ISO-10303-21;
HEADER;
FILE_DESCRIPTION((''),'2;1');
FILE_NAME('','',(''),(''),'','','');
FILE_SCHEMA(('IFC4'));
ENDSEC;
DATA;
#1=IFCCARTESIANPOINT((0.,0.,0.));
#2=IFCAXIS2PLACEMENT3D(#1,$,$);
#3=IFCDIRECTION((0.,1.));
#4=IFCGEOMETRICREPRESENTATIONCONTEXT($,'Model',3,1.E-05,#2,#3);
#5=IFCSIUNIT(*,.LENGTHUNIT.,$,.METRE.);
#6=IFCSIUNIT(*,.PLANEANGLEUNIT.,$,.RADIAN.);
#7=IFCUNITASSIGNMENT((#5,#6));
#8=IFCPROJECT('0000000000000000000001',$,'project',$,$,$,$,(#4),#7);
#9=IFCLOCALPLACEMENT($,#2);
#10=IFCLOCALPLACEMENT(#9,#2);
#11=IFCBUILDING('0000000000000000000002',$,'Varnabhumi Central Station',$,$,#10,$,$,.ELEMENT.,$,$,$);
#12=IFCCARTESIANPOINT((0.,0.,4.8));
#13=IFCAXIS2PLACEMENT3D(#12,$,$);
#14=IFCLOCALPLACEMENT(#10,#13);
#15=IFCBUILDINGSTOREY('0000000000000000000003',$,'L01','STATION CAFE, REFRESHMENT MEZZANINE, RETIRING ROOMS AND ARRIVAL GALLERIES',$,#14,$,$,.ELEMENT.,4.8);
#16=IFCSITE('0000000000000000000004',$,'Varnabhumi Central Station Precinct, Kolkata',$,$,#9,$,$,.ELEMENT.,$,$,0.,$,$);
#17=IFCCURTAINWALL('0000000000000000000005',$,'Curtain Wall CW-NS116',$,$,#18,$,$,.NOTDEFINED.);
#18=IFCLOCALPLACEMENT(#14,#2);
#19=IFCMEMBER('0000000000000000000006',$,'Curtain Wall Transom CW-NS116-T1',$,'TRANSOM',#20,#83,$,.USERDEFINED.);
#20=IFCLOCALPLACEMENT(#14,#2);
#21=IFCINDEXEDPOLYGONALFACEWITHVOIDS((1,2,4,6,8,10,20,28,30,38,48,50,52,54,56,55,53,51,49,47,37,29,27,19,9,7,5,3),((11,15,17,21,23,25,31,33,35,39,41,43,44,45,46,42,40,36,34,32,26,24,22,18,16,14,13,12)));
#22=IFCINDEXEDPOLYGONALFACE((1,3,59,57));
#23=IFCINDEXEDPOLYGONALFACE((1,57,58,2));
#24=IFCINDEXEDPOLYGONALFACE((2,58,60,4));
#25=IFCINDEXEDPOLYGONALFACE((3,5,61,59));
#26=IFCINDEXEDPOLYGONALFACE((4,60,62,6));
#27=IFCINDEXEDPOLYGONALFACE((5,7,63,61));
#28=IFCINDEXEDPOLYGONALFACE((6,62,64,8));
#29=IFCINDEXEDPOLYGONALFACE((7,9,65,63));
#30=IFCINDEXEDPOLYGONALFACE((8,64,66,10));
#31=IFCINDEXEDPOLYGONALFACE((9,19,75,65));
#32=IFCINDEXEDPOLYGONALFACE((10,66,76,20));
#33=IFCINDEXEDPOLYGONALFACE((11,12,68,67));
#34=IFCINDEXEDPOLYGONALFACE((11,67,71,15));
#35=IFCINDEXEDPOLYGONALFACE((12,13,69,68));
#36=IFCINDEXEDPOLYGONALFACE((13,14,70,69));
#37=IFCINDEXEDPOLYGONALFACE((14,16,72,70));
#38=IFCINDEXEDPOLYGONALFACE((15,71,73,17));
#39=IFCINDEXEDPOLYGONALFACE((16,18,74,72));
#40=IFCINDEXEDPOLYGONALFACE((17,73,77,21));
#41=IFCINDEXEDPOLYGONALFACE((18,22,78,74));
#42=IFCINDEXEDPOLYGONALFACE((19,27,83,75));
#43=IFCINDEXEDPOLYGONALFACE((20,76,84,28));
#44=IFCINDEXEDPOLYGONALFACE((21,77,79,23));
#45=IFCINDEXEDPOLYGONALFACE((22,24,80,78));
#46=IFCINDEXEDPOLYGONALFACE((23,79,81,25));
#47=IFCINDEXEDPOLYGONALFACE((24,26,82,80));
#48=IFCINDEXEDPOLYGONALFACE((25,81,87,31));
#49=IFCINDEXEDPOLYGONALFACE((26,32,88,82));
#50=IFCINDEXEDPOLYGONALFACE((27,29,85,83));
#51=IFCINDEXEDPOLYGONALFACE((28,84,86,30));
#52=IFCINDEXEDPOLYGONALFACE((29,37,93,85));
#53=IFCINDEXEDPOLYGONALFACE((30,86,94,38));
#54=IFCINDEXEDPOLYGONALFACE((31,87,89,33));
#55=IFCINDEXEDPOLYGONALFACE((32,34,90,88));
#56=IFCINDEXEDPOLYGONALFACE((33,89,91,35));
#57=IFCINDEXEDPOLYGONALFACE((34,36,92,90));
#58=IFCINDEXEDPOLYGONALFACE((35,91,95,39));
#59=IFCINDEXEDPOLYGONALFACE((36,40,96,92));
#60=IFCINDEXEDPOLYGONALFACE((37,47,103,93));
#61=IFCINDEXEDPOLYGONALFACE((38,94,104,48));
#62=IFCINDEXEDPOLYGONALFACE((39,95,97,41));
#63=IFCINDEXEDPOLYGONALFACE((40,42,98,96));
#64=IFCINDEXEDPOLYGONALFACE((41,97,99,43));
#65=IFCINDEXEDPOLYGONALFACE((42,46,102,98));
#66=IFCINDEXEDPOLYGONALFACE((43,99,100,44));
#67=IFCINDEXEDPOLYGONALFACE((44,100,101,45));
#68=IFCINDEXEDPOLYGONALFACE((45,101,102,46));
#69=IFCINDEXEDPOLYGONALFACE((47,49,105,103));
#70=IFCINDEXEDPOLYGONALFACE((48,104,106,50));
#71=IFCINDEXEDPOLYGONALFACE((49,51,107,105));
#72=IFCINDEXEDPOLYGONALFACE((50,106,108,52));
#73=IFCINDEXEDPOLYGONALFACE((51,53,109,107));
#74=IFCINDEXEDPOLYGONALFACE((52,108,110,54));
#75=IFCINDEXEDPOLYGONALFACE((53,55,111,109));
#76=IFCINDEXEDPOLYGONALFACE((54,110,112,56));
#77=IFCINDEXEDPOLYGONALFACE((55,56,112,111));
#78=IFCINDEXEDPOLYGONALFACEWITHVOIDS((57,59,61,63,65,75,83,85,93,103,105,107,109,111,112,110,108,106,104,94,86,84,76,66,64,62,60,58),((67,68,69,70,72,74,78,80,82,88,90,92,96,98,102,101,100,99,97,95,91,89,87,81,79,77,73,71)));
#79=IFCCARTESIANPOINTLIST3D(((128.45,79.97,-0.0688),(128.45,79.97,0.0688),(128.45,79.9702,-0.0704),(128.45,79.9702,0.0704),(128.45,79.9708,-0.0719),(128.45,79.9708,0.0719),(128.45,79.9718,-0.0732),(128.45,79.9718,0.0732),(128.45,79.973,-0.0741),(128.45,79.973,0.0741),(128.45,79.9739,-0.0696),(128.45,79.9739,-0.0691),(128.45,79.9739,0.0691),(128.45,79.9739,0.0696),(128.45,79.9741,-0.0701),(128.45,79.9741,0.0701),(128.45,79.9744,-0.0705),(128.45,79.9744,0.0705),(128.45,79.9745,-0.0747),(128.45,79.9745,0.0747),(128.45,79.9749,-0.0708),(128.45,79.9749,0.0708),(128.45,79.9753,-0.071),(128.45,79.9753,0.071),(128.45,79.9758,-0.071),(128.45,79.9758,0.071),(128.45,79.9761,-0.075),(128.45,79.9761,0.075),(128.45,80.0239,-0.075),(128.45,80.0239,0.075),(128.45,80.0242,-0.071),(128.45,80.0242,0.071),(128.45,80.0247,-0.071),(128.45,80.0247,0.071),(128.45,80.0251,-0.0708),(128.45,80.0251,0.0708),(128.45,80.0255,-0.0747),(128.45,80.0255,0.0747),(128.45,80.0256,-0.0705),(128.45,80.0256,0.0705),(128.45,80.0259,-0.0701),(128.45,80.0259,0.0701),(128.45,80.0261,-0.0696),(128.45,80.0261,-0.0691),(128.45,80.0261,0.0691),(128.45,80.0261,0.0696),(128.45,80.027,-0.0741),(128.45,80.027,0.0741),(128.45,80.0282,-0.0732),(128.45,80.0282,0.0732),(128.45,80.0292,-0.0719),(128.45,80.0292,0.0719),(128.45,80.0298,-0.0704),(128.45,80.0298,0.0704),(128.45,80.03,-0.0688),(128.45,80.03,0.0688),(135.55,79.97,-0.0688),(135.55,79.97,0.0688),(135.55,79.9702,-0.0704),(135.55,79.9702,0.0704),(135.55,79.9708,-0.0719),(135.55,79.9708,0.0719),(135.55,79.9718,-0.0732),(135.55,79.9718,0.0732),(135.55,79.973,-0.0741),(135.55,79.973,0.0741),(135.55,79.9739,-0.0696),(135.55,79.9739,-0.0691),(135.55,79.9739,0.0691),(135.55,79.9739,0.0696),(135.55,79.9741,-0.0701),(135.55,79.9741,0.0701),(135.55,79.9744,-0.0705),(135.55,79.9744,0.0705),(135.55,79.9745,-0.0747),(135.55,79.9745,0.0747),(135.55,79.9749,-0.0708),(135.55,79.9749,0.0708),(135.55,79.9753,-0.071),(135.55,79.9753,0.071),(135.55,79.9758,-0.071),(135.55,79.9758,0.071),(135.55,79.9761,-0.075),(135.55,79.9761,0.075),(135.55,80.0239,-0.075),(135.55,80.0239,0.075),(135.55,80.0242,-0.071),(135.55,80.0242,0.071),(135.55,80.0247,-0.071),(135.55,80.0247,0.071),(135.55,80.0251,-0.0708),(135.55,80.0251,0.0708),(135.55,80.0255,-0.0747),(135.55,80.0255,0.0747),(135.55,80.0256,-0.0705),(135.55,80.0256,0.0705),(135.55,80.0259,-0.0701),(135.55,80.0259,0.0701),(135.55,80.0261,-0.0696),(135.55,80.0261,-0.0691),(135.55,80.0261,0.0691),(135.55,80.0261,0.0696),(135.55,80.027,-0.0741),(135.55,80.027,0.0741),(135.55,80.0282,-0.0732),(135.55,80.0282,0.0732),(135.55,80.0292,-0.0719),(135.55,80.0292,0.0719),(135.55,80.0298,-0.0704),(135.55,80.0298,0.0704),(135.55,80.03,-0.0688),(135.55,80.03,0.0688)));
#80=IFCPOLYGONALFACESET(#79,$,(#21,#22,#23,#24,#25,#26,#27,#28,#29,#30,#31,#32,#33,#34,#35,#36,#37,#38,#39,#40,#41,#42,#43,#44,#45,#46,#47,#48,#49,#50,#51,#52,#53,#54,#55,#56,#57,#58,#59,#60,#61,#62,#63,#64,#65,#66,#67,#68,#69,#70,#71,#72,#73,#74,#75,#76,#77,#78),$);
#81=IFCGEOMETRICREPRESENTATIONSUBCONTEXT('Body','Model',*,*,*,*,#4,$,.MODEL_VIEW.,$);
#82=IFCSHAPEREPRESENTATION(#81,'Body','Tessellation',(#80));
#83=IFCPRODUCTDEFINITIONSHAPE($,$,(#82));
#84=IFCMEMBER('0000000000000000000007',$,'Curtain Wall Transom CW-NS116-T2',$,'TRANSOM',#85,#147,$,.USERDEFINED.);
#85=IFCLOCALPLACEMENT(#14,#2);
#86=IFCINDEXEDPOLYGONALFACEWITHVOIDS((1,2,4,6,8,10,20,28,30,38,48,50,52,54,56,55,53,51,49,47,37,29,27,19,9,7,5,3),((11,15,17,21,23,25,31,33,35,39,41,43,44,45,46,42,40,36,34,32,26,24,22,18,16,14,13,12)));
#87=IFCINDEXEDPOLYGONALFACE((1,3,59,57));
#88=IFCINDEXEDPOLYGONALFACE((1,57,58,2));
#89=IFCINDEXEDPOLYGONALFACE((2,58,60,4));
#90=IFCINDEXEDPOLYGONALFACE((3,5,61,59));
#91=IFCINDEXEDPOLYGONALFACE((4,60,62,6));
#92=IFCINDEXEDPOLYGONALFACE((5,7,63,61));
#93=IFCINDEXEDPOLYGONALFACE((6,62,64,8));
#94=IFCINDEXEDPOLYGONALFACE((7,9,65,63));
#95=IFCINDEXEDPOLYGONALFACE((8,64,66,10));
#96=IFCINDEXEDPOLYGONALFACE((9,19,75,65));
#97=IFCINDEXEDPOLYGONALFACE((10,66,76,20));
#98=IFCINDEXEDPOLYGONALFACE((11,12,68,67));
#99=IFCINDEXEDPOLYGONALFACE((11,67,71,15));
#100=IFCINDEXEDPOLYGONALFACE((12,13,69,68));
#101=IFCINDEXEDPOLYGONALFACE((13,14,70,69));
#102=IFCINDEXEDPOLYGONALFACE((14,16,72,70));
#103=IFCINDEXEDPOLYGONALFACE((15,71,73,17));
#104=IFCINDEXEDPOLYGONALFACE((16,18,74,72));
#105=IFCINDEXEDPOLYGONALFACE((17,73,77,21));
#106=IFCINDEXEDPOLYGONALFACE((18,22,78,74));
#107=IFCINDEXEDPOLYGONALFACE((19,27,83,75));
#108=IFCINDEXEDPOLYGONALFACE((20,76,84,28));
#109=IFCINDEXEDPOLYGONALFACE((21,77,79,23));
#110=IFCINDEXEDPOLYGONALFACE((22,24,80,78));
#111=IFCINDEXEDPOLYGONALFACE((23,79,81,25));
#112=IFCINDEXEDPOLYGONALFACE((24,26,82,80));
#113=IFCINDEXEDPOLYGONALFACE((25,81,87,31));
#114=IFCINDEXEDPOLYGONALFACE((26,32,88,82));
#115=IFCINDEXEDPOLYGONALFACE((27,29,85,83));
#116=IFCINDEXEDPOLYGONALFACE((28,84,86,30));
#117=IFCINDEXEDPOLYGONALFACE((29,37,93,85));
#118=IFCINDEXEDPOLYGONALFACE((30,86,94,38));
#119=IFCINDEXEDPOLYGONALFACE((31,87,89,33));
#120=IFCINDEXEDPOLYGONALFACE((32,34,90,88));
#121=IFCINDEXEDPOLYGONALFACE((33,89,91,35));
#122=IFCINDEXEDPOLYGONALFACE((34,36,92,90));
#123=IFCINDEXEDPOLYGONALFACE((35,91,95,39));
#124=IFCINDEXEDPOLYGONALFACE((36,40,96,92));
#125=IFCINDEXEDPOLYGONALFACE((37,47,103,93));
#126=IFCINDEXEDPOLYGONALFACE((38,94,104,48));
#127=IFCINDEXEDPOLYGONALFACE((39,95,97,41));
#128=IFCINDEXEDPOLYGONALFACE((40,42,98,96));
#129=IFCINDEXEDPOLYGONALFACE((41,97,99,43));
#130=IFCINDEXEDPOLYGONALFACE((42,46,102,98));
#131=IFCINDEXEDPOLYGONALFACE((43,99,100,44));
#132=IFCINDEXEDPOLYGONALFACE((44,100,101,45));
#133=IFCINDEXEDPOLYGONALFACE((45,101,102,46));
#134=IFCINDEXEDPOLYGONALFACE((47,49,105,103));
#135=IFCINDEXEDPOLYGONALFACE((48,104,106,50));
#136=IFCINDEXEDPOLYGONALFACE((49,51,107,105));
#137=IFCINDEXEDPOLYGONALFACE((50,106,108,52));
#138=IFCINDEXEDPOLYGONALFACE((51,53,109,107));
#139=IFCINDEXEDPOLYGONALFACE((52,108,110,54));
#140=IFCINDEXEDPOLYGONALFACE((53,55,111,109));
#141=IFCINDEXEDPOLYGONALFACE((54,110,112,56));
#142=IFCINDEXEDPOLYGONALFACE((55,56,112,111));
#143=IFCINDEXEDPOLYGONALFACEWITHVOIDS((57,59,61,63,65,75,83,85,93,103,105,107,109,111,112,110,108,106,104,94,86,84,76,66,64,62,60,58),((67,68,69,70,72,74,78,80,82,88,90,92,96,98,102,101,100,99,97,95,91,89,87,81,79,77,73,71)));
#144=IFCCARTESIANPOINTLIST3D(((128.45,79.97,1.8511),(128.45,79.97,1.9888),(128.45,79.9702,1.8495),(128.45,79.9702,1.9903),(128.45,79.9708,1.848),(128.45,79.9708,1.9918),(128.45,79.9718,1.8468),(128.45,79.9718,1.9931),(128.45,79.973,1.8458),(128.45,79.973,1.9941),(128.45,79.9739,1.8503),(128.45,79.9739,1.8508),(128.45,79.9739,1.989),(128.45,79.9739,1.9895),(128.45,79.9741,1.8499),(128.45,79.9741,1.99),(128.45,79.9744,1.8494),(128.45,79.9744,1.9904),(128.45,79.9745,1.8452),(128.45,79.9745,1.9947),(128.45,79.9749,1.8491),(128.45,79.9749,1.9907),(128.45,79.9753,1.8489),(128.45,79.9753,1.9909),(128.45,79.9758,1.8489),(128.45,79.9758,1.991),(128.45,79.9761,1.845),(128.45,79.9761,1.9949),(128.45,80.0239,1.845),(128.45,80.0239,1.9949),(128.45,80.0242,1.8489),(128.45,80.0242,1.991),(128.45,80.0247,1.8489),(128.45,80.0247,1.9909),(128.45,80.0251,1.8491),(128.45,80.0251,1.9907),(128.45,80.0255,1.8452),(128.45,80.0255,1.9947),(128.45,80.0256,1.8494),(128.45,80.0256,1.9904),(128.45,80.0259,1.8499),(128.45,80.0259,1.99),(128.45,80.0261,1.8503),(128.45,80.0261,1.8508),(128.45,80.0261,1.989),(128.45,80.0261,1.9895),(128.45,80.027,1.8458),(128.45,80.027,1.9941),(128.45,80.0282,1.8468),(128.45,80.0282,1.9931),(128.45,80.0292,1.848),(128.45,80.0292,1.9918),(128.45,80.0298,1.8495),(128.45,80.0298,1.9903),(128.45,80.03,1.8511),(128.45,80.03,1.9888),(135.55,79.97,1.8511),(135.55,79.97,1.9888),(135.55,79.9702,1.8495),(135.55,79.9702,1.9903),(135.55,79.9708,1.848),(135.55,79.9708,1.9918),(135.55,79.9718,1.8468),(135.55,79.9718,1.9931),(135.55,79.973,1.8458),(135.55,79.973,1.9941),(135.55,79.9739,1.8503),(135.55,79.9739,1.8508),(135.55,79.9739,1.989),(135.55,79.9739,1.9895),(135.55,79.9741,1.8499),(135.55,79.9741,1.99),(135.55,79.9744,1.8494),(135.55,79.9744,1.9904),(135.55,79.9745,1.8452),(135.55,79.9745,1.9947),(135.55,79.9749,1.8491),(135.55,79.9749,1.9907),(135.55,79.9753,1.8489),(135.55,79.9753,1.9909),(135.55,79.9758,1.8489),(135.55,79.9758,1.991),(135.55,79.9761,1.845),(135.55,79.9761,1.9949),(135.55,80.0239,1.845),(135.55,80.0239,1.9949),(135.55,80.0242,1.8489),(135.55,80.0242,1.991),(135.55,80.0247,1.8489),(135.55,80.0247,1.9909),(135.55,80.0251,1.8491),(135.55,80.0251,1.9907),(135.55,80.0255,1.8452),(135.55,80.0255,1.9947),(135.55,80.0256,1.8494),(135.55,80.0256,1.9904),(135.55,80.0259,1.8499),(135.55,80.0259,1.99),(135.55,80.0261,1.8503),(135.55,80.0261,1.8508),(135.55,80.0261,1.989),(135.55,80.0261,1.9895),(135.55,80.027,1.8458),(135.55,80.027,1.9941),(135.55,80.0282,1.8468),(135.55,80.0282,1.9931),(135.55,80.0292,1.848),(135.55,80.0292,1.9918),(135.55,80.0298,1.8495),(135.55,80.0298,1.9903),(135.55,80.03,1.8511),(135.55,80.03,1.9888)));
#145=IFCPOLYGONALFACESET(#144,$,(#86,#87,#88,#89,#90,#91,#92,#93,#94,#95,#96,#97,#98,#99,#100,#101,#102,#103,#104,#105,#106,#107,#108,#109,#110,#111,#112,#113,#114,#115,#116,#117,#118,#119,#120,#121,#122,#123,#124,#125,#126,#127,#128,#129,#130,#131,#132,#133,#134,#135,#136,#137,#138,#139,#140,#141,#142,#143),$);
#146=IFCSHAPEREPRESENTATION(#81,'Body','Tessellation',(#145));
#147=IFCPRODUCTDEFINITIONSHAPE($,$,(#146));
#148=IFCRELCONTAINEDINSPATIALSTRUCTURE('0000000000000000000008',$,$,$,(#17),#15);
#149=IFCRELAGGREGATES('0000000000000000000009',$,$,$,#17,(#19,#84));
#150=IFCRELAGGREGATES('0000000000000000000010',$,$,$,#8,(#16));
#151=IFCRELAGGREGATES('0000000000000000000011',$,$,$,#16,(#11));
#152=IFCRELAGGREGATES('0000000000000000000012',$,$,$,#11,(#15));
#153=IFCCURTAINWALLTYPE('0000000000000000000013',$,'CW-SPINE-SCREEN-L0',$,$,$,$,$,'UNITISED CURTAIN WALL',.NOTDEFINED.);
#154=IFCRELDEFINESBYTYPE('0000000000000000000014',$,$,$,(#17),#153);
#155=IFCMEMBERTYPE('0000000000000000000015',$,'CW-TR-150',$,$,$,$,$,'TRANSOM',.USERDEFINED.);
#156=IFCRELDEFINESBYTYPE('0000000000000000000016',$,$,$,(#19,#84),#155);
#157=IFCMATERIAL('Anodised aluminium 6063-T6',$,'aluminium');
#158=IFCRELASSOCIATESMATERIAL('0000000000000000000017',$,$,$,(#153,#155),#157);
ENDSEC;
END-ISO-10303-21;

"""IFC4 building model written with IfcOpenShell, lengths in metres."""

from ifc_helpers import new_model, si_unit, direction, frame, origin, origin_2d, place, context, subcontext, project, spatial, hollow_rectangle, extrude, material, material_profile, profile_set, type_object, element, aggregate, save


model = new_model("IFC4")

# Units and contexts
model_context = context("Model", 3, precision=1e-05, world=origin(), true_north=direction((0.0, 1.0)))
body_context = subcontext(model_context, "Body", "Model", "MODEL_VIEW")
ifc_project = project(units=[si_unit("LENGTHUNIT", "METRE"), si_unit("PLANEANGLEUNIT", "RADIAN")], contexts=[model_context])

# Site, building, storey
site_placement = place(None, origin())
site = spatial("IfcSite", under=ifc_project, at=site_placement, Name="Varnabhumi Central Station Precinct, Kolkata", CompositionType="ELEMENT", RefElevation=0.0)
building_placement = place(site_placement, origin())
building = spatial("IfcBuilding", under=site, at=building_placement, Name="Varnabhumi Central Station", CompositionType="ELEMENT")
storey_placement = place(building_placement, frame((0.0, 0.0, 4.8)))
storey = spatial("IfcBuildingStorey", under=building, at=storey_placement, Name="L01", Description="STATION CAFE, REFRESHMENT MEZZANINE, RETIRING ROOMS AND ARRIVAL GALLERIES", CompositionType="ELEMENT", Elevation=4.8)

# Curtain wall, members
ifc_material_1 = material(Name="Anodised aluminium 6063-T6", Category="aluminium")
curtain_wall_type_1 = type_object("IfcCurtainWallType", Name="CW-SPINE-SCREEN-L0", ElementType="UNITISED CURTAIN WALL", PredefinedType="NOTDEFINED", material=ifc_material_1)
curtain_wall_1_placement = place(storey_placement, origin())
curtain_wall_1 = element("IfcCurtainWall", 1, at=curtain_wall_1_placement, inside=storey, type_object=curtain_wall_type_1, Name="Curtain Wall CW-NS116", PredefinedType="NOTDEFINED")
ifc_material_profile_1 = material_profile(ifc_material_1, hollow_rectangle(XDim=0.0601, YDim=0.1499, WallThickness=0.0039, InnerFilletRadius=0.002, OuterFilletRadius=0.0061, at=origin_2d()), Name="Anodised aluminium 6063-T6", Category="aluminium")
ifc_profile_set_1 = profile_set([ifc_material_profile_1], Name="Anodised aluminium 6063-T6")
member_type_1 = type_object("IfcMemberType", Name="CW-TR-150", ElementType="TRANSOM", PredefinedType="USERDEFINED", material=ifc_profile_set_1)
member_1_placement = place(storey_placement, frame((128.45, 80.0, 0.0), z_axis=(1.0, 0.0, 0.0), x_axis=(0.0, 1.0, 0.0)))
member_1 = element("IfcMember", 2, at=member_1_placement, type_object=member_type_1, Name="Curtain Wall Transom CW-NS116-T1", ObjectType="TRANSOM", PredefinedType="USERDEFINED", context=body_context, shape_type="SweptSolid", body=[
    extrude(hollow_rectangle(XDim=0.0601, YDim=0.1499, WallThickness=0.0039, InnerFilletRadius=0.002, OuterFilletRadius=0.0061, at=origin_2d()), origin(), (0.0, 0.0, 1.0), 7.1001),
])
member_2_placement = place(storey_placement, frame((128.45, 80.0, 1.9199), z_axis=(1.0, 0.0, 0.0), x_axis=(0.0, 1.0, 0.0)))
member_2 = element("IfcMember", 3, at=member_2_placement, type_object=member_type_1, Name="Curtain Wall Transom CW-NS116-T2", ObjectType="TRANSOM", PredefinedType="USERDEFINED", context=body_context, shape_type="SweptSolid", body=[
    extrude(hollow_rectangle(XDim=0.0601, YDim=0.1499, WallThickness=0.0039, InnerFilletRadius=0.002, OuterFilletRadius=0.0061, at=origin_2d()), origin(), (0.0, 0.0, 1.0), 7.1001),
])

aggregate(curtain_wall_1, [member_1, member_2])

save(model, "model.ifc")
